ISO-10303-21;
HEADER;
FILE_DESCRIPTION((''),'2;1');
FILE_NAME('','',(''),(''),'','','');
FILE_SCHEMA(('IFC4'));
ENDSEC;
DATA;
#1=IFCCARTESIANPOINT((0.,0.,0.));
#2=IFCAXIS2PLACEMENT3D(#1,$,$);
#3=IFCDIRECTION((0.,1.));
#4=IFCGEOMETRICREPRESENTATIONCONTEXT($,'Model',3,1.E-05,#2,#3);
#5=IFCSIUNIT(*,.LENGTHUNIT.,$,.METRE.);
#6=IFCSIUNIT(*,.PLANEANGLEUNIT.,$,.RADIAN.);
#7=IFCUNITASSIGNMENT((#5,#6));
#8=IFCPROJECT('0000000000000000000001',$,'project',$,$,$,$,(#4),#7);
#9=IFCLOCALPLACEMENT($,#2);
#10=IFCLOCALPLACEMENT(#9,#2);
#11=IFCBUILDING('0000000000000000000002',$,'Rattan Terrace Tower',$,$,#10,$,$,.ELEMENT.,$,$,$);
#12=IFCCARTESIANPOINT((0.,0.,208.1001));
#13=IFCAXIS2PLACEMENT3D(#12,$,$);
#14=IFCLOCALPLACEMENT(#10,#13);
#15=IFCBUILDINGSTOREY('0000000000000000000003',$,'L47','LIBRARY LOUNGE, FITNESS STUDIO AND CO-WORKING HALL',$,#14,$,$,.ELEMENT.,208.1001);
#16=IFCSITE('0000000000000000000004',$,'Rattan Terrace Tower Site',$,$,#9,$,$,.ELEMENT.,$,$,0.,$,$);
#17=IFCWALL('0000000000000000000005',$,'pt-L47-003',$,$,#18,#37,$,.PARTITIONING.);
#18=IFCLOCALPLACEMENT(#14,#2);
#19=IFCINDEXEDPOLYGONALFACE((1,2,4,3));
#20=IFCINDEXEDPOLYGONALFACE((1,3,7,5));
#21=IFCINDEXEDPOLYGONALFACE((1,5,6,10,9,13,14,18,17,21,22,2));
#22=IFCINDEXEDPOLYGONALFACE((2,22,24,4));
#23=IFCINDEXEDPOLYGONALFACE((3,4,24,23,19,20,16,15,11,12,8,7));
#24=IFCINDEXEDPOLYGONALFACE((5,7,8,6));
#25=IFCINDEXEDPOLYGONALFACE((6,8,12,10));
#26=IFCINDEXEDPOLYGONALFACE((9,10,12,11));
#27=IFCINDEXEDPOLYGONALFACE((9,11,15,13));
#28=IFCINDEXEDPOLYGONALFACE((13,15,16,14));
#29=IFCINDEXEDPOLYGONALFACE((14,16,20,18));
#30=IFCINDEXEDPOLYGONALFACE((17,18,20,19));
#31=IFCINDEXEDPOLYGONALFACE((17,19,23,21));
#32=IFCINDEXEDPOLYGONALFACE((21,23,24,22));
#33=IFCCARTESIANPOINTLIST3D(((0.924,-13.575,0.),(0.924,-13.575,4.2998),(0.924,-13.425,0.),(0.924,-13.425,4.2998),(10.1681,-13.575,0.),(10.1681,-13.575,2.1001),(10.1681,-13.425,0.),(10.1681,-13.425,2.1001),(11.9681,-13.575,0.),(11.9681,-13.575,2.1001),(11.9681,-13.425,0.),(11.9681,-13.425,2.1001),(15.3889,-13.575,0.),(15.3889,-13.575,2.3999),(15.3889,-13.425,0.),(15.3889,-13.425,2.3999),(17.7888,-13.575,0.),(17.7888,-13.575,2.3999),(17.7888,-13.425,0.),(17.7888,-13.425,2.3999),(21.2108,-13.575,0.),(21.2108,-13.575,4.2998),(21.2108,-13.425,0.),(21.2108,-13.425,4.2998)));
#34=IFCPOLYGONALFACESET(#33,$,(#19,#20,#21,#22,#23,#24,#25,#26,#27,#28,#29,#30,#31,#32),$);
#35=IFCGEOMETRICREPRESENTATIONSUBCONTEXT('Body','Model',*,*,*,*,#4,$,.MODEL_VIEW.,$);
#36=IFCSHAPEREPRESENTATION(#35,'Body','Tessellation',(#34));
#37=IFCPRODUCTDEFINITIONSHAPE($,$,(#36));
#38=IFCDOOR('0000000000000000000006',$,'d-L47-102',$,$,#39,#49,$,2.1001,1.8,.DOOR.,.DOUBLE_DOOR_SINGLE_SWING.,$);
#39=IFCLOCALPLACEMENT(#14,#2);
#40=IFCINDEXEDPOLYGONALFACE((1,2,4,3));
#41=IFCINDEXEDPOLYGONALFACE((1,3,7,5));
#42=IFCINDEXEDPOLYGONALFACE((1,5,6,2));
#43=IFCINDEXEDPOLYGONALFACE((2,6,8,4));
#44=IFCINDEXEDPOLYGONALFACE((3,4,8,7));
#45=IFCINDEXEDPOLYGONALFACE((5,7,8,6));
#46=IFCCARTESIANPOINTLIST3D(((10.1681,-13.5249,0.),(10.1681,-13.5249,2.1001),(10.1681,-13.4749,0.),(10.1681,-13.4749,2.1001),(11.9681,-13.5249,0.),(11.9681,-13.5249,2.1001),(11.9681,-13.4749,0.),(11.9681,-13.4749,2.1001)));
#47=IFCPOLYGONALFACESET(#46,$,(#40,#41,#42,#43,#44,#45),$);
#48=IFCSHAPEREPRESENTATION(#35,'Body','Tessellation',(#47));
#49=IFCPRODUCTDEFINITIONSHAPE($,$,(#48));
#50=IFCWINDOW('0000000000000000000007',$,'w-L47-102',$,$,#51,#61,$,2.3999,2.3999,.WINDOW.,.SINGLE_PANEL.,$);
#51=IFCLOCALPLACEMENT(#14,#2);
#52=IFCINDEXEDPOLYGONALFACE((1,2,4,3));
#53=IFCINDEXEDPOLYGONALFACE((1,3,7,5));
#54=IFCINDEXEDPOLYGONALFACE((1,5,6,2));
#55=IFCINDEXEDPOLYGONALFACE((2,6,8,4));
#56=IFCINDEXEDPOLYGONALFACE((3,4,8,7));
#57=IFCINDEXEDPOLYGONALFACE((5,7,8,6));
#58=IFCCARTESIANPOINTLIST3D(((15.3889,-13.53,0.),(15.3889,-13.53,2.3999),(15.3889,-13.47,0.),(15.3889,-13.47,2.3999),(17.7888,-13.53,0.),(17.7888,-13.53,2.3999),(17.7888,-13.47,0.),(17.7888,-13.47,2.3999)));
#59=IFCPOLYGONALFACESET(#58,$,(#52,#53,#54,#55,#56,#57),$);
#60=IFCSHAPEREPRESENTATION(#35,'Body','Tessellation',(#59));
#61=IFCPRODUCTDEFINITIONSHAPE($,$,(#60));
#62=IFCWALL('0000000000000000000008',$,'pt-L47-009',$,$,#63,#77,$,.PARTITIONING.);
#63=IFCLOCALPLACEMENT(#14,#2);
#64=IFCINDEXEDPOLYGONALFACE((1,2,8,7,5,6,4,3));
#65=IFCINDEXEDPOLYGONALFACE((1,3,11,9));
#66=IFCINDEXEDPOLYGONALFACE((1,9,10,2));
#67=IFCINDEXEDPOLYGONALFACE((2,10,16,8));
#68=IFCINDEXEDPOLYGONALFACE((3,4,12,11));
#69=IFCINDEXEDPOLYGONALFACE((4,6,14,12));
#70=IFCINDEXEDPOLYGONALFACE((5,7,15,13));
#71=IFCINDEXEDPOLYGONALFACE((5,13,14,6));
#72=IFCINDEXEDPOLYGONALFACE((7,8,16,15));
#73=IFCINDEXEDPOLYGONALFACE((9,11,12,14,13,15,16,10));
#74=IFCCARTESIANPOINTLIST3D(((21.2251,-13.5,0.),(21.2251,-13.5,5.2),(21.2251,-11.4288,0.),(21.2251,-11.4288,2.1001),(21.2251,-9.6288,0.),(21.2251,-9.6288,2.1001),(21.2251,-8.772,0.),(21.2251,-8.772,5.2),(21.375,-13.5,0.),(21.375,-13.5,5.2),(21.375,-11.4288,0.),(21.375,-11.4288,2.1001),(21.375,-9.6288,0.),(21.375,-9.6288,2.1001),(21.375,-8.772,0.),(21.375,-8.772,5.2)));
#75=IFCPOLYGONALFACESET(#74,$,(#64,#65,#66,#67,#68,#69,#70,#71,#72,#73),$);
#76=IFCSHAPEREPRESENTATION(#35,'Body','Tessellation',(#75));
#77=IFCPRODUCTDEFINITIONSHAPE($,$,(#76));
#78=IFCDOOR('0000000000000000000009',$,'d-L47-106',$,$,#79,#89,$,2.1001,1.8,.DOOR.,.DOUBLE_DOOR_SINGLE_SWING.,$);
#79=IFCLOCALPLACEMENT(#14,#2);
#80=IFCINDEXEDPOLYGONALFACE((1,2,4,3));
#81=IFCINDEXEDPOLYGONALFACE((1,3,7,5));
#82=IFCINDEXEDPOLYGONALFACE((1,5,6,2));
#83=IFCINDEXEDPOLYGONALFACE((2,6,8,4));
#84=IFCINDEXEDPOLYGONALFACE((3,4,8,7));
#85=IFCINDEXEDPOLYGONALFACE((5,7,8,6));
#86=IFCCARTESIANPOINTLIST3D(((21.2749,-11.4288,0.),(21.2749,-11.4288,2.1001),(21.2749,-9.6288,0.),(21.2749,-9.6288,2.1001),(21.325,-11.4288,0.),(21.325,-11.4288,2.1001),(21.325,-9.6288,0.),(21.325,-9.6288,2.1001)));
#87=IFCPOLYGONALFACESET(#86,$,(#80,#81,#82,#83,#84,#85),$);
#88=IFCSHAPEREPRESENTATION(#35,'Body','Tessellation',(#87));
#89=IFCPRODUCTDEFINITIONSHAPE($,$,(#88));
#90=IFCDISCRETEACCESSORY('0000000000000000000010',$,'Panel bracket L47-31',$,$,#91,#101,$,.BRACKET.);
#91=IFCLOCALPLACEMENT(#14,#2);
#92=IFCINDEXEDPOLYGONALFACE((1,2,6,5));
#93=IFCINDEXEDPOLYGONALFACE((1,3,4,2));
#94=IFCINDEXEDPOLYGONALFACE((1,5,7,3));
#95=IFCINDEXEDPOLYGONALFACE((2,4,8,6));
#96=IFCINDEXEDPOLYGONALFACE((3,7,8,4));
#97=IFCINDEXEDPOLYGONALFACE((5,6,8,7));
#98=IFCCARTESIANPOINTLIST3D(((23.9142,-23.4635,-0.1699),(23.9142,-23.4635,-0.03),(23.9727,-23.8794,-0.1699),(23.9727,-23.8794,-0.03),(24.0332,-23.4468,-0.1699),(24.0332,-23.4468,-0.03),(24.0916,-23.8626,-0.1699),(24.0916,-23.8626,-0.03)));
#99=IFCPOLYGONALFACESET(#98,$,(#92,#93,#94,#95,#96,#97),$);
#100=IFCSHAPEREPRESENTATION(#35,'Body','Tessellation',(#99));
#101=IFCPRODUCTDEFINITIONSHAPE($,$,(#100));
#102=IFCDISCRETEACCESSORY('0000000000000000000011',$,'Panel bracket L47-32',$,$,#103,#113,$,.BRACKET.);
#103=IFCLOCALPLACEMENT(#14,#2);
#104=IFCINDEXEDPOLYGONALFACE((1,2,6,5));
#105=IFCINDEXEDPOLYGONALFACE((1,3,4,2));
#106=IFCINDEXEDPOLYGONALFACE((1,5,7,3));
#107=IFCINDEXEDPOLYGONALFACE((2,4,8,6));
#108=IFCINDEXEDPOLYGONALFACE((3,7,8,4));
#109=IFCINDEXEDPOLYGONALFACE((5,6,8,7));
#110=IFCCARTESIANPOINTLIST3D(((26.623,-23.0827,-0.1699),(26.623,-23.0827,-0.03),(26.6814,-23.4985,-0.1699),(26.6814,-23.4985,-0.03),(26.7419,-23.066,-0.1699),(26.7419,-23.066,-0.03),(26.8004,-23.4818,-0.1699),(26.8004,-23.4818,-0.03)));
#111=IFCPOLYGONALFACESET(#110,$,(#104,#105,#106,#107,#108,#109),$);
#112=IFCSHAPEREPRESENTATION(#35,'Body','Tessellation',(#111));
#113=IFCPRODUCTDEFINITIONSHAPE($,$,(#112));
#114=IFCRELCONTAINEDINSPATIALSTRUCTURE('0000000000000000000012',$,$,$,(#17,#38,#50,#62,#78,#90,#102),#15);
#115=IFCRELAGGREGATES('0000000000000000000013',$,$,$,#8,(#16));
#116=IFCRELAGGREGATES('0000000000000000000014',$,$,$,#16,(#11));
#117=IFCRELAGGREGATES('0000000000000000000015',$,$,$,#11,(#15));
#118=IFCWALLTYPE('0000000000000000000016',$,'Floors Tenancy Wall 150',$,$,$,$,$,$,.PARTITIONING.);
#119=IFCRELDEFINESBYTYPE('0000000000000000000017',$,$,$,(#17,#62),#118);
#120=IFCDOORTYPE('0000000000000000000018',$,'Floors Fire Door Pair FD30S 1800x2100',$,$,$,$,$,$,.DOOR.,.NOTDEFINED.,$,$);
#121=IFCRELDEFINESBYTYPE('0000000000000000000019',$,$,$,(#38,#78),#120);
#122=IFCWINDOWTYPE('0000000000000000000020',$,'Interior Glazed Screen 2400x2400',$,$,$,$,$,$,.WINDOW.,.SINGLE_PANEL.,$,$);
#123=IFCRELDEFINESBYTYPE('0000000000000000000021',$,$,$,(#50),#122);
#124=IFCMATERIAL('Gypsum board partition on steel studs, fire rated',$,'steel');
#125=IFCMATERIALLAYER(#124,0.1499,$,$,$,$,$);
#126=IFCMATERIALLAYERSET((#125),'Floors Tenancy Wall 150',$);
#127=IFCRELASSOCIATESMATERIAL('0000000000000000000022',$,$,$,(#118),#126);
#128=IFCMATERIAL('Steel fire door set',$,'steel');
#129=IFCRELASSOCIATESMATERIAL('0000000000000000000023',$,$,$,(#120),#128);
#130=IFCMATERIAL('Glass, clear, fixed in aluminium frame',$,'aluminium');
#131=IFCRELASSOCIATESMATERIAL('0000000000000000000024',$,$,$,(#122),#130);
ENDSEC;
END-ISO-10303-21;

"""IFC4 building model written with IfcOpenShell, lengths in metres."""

from ifc_helpers import new_model, si_unit, direction, frame, frame_2d, origin, origin_2d, place, context, subcontext, project, spatial, rectangle, extrude, material, layer, layer_set, type_object, element, fill, save


model = new_model("IFC4")

# Units and contexts
model_context = context("Model", 3, precision=1e-05, world=origin(), true_north=direction((0.0, 1.0)))
body_context = subcontext(model_context, "Body", "Model", "MODEL_VIEW")
ifc_project = project(units=[si_unit("LENGTHUNIT", "METRE"), si_unit("PLANEANGLEUNIT", "RADIAN")], contexts=[model_context])

# Site, building, storey
site_placement = place(None, origin())
site = spatial("IfcSite", under=ifc_project, at=site_placement, Name="Rattan Terrace Tower Site", CompositionType="ELEMENT", RefElevation=0.0)
building_placement = place(site_placement, origin())
building = spatial("IfcBuilding", under=site, at=building_placement, Name="Rattan Terrace Tower", CompositionType="ELEMENT")
storey_placement = place(building_placement, frame((0.0, 0.0, 208.1001)))
storey = spatial("IfcBuildingStorey", under=building, at=storey_placement, Name="L47", Description="LIBRARY LOUNGE, FITNESS STUDIO AND CO-WORKING HALL", CompositionType="ELEMENT", Elevation=208.1001)

# Wall, openings, door, window
ifc_material_1 = material(Name="Gypsum board partition on steel studs, fire rated", Category="steel")
ifc_layer_1 = layer(ifc_material_1, 0.1499)
ifc_layer_set_1 = layer_set([ifc_layer_1], Name="Floors Tenancy Wall 150")
wall_type_1 = type_object("IfcWallType", Name="Floors Tenancy Wall 150", PredefinedType="PARTITIONING", material=ifc_layer_set_1)
wall_1_placement = place(storey_placement, frame((21.2109, -13.5, 0.0), z_axis=(0.0, 0.0, 1.0), x_axis=(-1.0, 0.0, 0.0)))
wall_1 = element("IfcWall", 1, at=wall_1_placement, inside=storey, type_object=wall_type_1, Name="pt-L47-003", PredefinedType="PARTITIONING", context=body_context, shape_type="SweptSolid", body=[
    extrude(rectangle(XDim=20.2869, YDim=0.1499, at=frame_2d((10.1436, 0.0))), origin(), (0.0, 0.0, 1.0), 4.2998),
])
opening_1_placement = place(wall_1_placement, frame((9.2429, 0.0, 0.0)))
opening_1 = element("IfcOpeningElement", 2, at=opening_1_placement, cuts=wall_1, PredefinedType="OPENING", context=body_context, shape_type="SweptSolid", body=[
    extrude(rectangle(XDim=1.8, YDim=2.1001, at=frame_2d((0.8999, 1.05))), frame((0.0, 0.0854, 0.0), z_axis=(0.0, -1.0, 0.0), x_axis=(1.0, 0.0, 0.0)), (0.0, 0.0, 1.0), 0.1709),
])
opening_2_placement = place(wall_1_placement, frame((3.4221, 0.0, 0.0)))
opening_2 = element("IfcOpeningElement", 3, at=opening_2_placement, cuts=wall_1, PredefinedType="OPENING", context=body_context, shape_type="SweptSolid", body=[
    extrude(rectangle(XDim=2.3999, YDim=2.3999, at=frame_2d((1.2, 1.2))), frame((0.0, 0.0854, 0.0), z_axis=(0.0, -1.0, 0.0), x_axis=(1.0, 0.0, 0.0)), (0.0, 0.0, 1.0), 0.1709),
])
ifc_material_2 = material(Name="Steel fire door set", Category="steel")
door_type_1 = type_object("IfcDoorType", Name="Floors Fire Door Pair FD30S 1800x2100", OperationType="NOTDEFINED", PredefinedType="DOOR", material=ifc_material_2)
door_1_placement = place(opening_1_placement, origin())
door_1 = element("IfcDoor", 4, at=door_1_placement, inside=storey, type_object=door_type_1, Name="d-L47-102", OperationType="DOUBLE_DOOR_SINGLE_SWING", OverallHeight=2.1001, OverallWidth=1.8, PredefinedType="DOOR", context=body_context, shape_type="SweptSolid", body=[
    extrude(rectangle(XDim=1.8, YDim=2.1001, at=frame_2d((0.8999, 1.05))), frame((0.0, 0.0249, 0.0), z_axis=(0.0, -1.0, 0.0), x_axis=(1.0, 0.0, 0.0)), (0.0, 0.0, 1.0), 0.05),
])
fill(opening_1, door_1)
ifc_material_3 = material(Name="Glass, clear, fixed in aluminium frame", Category="aluminium")
window_type = type_object("IfcWindowType", Name="Interior Glazed Screen 2400x2400", PartitioningType="SINGLE_PANEL", PredefinedType="WINDOW", material=ifc_material_3)
window_placement = place(opening_2_placement, origin())
window = element("IfcWindow", 5, at=window_placement, inside=storey, type_object=window_type, Name="w-L47-102", OverallHeight=2.3999, OverallWidth=2.3999, PartitioningType="SINGLE_PANEL", PredefinedType="WINDOW", context=body_context, shape_type="SweptSolid", body=[
    extrude(rectangle(XDim=2.3999, YDim=2.3999, at=frame_2d((1.2, 1.2))), frame((0.0, 0.03, 0.0), z_axis=(0.0, -1.0, 0.0), x_axis=(1.0, 0.0, 0.0)), (0.0, 0.0, 1.0), 0.0601),
])
fill(opening_2, window)

# Wall, opening, door
wall_2_placement = place(storey_placement, frame((21.3, -8.772, 0.0), z_axis=(0.0, 0.0, 1.0), x_axis=(0.0, -1.0, 0.0)))
wall_2 = element("IfcWall", 6, at=wall_2_placement, inside=storey, type_object=wall_type_1, Name="pt-L47-009", PredefinedType="PARTITIONING", context=body_context, shape_type="SweptSolid", body=[
    extrude(rectangle(XDim=4.728, YDim=0.1499, at=frame_2d((2.364, 0.0))), origin(), (0.0, 0.0, 1.0), 5.2),
])
opening_3_placement = place(wall_2_placement, frame((0.8569, 0.0, 0.0)))
opening_3 = element("IfcOpeningElement", 7, at=opening_3_placement, cuts=wall_2, PredefinedType="OPENING", context=body_context, shape_type="SweptSolid", body=[
    extrude(rectangle(XDim=1.8, YDim=2.1001, at=frame_2d((0.8999, 1.05))), frame((0.0, 0.0854, 0.0), z_axis=(0.0, -1.0, 0.0), x_axis=(1.0, 0.0, 0.0)), (0.0, 0.0, 1.0), 0.1709),
])
door_2_placement = place(opening_3_placement, origin())
door_2 = element("IfcDoor", 8, at=door_2_placement, inside=storey, type_object=door_type_1, Name="d-L47-106", OperationType="DOUBLE_DOOR_SINGLE_SWING", OverallHeight=2.1001, OverallWidth=1.8, PredefinedType="DOOR", context=body_context, shape_type="SweptSolid", body=[
    extrude(rectangle(XDim=1.8, YDim=2.1001, at=frame_2d((0.8999, 1.05))), frame((0.0, 0.0249, 0.0), z_axis=(0.0, -1.0, 0.0), x_axis=(1.0, 0.0, 0.0)), (0.0, 0.0, 1.0), 0.05),
])
fill(opening_3, door_2)

# Discrete accessories
for number, where, z_axis, x_axis, name in (
    (9, (24.0029, -23.6631, -0.1699), (0.0, 0.0, 1.0), (0.990267, 0.139177, 0.0), "Panel bracket L47-31"),
    (10, (26.7117, -23.2822, -0.1699), (0.0, 0.0, 1.0), (0.990267, 0.139177, 0.0), "Panel bracket L47-32"),
):
    element("IfcDiscreteAccessory", number, at=place(storey_placement, frame(where, z_axis=z_axis, x_axis=x_axis)), inside=storey, Name=name, PredefinedType="BRACKET", context=body_context, shape_type="SweptSolid", body=[
        extrude(rectangle(XDim=0.1201, YDim=0.4199, at=origin_2d()), origin(), (0.0, 0.0, 1.0), 0.1399),
    ])

save(model, "model.ifc")
